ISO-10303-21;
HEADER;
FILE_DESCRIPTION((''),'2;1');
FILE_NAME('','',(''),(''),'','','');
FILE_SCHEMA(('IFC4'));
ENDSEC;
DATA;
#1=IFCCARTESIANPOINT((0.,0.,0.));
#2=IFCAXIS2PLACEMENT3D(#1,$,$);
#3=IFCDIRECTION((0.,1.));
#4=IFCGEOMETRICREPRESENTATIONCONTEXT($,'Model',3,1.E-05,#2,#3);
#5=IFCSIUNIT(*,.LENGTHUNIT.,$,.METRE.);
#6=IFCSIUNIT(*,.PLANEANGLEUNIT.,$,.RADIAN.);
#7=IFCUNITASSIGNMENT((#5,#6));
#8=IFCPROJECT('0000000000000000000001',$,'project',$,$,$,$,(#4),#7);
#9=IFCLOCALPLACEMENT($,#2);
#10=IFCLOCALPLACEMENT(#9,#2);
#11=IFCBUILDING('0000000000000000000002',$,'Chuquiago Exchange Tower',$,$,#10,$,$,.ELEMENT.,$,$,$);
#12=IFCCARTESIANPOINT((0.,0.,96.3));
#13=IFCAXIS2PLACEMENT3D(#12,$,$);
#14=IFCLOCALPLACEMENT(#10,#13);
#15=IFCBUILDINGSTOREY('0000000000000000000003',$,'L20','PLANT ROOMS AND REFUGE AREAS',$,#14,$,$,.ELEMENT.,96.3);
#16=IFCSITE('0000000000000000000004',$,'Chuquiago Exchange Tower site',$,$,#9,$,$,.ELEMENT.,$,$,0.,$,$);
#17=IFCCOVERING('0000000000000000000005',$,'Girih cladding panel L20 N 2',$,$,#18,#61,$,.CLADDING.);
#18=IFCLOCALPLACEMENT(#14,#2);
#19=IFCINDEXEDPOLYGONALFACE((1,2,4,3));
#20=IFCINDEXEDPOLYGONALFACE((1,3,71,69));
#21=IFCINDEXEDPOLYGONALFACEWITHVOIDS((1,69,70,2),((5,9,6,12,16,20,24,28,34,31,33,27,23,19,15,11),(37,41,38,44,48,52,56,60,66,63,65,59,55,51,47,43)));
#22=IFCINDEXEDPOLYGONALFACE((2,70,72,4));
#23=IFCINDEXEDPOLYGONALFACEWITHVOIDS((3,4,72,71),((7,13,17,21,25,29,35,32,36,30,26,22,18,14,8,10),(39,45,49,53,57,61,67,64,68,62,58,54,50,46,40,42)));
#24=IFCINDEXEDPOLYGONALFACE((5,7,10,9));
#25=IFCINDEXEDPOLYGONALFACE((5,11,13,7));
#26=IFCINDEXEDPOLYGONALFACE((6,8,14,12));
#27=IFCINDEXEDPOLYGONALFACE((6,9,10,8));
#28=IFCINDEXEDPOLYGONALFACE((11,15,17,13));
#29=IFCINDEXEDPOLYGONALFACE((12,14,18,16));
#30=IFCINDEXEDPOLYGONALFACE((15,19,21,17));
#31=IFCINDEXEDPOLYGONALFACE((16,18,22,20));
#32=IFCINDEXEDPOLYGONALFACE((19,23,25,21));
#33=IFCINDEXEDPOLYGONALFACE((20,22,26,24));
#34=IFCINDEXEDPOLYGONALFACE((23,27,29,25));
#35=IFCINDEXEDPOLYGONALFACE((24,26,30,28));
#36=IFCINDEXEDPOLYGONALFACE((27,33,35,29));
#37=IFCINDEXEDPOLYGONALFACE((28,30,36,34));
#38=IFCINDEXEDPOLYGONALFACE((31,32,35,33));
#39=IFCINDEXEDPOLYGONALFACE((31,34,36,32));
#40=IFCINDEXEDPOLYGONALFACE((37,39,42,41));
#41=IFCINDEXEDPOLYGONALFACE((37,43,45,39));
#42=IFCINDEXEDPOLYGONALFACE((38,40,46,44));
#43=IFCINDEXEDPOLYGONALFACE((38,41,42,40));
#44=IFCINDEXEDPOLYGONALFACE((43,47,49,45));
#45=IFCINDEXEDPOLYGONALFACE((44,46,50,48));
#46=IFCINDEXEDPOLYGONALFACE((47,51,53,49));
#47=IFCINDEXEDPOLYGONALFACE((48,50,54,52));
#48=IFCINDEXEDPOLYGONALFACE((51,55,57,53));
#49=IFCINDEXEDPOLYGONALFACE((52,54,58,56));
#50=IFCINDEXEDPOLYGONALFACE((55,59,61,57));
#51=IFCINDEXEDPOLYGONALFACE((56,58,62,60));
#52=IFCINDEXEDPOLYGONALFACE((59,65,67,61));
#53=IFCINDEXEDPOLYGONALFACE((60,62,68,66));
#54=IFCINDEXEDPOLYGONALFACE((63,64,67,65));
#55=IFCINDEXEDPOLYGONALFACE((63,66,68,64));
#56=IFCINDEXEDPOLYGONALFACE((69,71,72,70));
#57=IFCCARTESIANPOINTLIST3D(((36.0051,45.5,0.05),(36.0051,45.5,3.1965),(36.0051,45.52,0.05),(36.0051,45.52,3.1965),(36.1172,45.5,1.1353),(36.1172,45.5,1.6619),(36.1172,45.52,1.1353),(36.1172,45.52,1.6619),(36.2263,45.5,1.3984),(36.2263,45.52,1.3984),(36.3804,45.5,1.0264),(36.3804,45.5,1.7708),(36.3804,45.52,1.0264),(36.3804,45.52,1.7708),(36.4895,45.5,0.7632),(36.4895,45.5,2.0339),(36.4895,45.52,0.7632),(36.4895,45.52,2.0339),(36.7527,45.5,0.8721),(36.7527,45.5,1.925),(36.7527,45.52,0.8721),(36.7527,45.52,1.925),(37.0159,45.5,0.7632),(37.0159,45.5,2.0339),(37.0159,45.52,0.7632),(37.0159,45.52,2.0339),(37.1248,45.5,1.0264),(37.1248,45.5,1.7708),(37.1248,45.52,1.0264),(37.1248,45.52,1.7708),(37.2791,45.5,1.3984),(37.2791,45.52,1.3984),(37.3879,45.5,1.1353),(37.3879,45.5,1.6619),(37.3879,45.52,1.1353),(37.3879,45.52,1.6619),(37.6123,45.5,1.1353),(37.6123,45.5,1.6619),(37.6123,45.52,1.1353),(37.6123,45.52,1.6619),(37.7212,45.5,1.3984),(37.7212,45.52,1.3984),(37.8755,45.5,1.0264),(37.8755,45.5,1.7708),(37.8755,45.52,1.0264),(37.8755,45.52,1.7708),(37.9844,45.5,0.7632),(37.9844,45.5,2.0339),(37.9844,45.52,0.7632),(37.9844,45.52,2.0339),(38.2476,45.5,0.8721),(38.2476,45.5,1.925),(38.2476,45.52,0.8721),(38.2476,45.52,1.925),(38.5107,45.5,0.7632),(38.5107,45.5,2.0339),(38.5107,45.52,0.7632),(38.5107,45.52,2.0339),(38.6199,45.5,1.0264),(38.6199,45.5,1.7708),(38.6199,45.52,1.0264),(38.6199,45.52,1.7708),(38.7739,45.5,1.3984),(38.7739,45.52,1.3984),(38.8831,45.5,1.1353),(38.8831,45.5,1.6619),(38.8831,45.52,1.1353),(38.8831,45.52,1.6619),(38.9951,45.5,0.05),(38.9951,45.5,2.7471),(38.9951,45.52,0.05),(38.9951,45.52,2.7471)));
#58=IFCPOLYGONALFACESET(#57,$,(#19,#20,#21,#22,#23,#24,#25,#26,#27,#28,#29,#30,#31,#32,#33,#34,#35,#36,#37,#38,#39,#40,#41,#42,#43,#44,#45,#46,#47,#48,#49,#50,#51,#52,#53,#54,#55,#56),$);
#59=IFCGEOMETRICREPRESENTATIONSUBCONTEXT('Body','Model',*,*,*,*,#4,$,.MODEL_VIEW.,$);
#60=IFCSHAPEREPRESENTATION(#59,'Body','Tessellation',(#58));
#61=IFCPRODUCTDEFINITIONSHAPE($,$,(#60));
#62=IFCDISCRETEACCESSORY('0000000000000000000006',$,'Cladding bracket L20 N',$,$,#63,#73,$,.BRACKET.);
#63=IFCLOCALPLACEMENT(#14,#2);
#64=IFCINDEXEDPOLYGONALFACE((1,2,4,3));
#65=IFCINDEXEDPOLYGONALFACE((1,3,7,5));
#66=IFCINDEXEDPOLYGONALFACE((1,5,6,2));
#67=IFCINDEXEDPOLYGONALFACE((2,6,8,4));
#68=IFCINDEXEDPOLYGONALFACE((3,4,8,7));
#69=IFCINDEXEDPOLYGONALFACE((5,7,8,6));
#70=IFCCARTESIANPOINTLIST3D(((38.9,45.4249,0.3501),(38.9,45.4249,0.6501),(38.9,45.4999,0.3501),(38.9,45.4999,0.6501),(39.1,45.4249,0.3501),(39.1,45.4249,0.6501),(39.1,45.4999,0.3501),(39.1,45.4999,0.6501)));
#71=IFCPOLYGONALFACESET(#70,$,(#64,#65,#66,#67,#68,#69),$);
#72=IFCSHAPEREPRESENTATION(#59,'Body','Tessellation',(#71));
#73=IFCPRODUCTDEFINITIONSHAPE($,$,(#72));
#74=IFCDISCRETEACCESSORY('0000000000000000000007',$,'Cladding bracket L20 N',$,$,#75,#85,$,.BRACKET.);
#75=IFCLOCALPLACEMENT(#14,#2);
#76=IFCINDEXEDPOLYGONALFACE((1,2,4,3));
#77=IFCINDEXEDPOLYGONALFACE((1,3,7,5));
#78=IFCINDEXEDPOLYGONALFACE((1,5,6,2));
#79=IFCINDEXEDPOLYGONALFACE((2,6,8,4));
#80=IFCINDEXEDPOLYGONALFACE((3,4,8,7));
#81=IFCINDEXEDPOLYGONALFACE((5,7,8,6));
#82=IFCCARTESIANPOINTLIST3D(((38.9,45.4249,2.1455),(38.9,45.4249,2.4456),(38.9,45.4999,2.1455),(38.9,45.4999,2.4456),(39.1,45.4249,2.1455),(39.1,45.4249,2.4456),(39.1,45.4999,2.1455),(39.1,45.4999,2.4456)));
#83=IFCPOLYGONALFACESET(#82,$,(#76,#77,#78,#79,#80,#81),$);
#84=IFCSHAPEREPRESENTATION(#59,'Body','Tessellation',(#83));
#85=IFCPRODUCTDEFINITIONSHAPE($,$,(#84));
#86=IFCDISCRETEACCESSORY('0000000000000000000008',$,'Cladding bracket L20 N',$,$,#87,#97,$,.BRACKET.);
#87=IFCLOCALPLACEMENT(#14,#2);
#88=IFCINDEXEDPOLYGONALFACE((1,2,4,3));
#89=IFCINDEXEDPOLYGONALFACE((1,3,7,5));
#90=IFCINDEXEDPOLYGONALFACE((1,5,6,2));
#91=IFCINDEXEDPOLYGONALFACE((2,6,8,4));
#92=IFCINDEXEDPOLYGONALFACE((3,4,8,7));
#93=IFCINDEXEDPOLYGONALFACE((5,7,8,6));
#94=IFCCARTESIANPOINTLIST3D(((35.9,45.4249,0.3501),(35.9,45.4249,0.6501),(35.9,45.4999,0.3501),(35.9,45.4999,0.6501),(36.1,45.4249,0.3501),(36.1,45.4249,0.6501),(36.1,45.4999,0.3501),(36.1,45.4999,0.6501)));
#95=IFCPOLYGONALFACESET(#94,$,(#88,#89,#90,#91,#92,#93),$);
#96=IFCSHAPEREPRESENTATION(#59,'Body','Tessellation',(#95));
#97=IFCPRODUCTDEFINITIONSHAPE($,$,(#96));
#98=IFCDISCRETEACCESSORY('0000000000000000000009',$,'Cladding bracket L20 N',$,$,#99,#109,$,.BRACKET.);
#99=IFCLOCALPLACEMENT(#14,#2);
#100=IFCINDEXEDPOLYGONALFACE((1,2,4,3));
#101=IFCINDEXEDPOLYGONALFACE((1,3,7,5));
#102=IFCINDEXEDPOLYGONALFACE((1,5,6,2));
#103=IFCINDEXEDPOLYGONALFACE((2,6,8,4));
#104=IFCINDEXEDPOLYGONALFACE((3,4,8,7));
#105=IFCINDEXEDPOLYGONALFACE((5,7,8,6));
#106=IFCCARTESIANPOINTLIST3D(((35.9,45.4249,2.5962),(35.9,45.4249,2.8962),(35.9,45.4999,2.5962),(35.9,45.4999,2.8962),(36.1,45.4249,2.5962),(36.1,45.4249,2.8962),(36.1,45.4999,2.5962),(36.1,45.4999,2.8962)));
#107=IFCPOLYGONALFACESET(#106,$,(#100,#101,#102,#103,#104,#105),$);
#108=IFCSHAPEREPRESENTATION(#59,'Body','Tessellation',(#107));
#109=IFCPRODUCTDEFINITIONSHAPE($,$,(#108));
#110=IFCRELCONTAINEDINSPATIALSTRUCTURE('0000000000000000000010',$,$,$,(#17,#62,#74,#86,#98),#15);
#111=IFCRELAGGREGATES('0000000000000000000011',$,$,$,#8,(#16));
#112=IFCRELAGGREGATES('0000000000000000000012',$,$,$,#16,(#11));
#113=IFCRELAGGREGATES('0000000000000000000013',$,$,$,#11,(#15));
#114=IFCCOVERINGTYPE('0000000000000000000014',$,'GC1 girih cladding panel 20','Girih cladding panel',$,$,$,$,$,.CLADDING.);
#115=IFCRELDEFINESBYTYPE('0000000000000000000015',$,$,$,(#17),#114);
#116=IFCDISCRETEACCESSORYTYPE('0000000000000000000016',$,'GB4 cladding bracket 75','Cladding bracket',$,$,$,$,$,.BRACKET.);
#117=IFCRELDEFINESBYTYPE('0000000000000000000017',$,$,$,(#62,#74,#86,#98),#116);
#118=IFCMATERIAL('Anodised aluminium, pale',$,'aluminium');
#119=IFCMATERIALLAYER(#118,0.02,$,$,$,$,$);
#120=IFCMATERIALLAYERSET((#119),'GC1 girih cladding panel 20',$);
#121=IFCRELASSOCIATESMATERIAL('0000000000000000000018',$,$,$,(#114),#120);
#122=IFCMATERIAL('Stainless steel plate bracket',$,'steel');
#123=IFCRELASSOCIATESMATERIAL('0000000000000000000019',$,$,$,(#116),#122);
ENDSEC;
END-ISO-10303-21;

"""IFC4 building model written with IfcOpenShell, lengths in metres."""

from ifc_helpers import new_model, si_unit, direction, frame, origin, origin_2d, place, context, subcontext, project, spatial, polyline, rectangle, outline, extrude, material, layer, layer_set, type_object, element, save


model = new_model("IFC4")

# Units and contexts
model_context = context("Model", 3, precision=1e-05, world=origin(), true_north=direction((0.0, 1.0)))
body_context = subcontext(model_context, "Body", "Model", "MODEL_VIEW")
ifc_project = project(units=[si_unit("LENGTHUNIT", "METRE"), si_unit("PLANEANGLEUNIT", "RADIAN")], contexts=[model_context])

# Site, building, storey
site_placement = place(None, origin())
site = spatial("IfcSite", under=ifc_project, at=site_placement, Name="Chuquiago Exchange Tower site", CompositionType="ELEMENT", RefElevation=0.0)
building_placement = place(site_placement, origin())
building = spatial("IfcBuilding", under=site, at=building_placement, Name="Chuquiago Exchange Tower", CompositionType="ELEMENT")
storey_placement = place(building_placement, frame((0.0, 0.0, 96.3)))
storey = spatial("IfcBuildingStorey", under=building, at=storey_placement, Name="L20", Description="PLANT ROOMS AND REFUGE AREAS", CompositionType="ELEMENT", Elevation=96.3)

# Covering
ifc_material_1 = material(Name="Anodised aluminium, pale", Category="aluminium")
ifc_layer_1 = layer(ifc_material_1, 0.02)
ifc_layer_set_1 = layer_set([ifc_layer_1], Name="GC1 girih cladding panel 20")
covering_type_1 = type_object("IfcCoveringType", Name="GC1 girih cladding panel 20", Description="Girih cladding panel", PredefinedType="CLADDING", material=ifc_layer_set_1)
covering_1_placement = place(storey_placement, frame((38.9951, 45.5, 0.05), z_axis=(0.0, 0.0, 1.0), x_axis=(-1.0, 0.0, 0.0)))
element("IfcCovering", 1, at=covering_1_placement, inside=storey, type_object=covering_type_1, Name="Girih cladding panel L20 N 2", PredefinedType="CLADDING", context=body_context, shape_type="SweptSolid", body=[
    extrude(outline(polyline([(0.0, 0.0), (2.99, 0.0), (2.99, 3.1465), (0.0, 2.697), (0.0, 0.0)]), holes=[polyline([(1.2739, 1.3484), (1.3828, 1.6118), (1.1196, 1.7207), (1.0107, 1.9839), (0.7476, 1.875), (0.4844, 1.9839), (0.3752, 1.7207), (0.1121, 1.6118), (0.2212, 1.3484), (0.1121, 1.0852), (0.3752, 0.9763), (0.4844, 0.7131), (0.7476, 0.822), (1.0107, 0.7131), (1.1196, 0.9763), (1.3828, 1.0852), (1.2739, 1.3484)]), polyline([(2.7688, 1.3484), (2.8779, 1.6118), (2.6147, 1.7207), (2.5056, 1.9839), (2.2424, 1.875), (1.9792, 1.9839), (1.8704, 1.7207), (1.6072, 1.6118), (1.7161, 1.3484), (1.6072, 1.0852), (1.8704, 0.9763), (1.9792, 0.7131), (2.2424, 0.822), (2.5056, 0.7131), (2.6147, 0.9763), (2.8779, 1.0852), (2.7688, 1.3484)])]), frame((0.0, 0.0, 0.0), z_axis=(0.0, -1.0, 0.0), x_axis=(1.0, 0.0, 0.0)), (0.0, 0.0, 1.0), 0.02),
])

# Discrete accessories
ifc_material_2 = material(Name="Stainless steel plate bracket", Category="steel")
discrete_accessory_type = type_object("IfcDiscreteAccessoryType", Name="GB4 cladding bracket 75", Description="Cladding bracket", PredefinedType="BRACKET", material=ifc_material_2)
for number, where, z_axis, x_axis, name in (
    (2, (39.0, 45.4624, 0.3501), (0.0, 0.0, 1.0), (-1.0, 0.0, 0.0), "Cladding bracket L20 N"),
    (3, (39.0, 45.4624, 2.1455), (0.0, 0.0, 1.0), (-1.0, 0.0, 0.0), "Cladding bracket L20 N"),
    (4, (36.0, 45.4624, 0.3501), (0.0, 0.0, 1.0), (-1.0, 0.0, 0.0), "Cladding bracket L20 N"),
    (5, (36.0, 45.4624, 2.5962), (0.0, 0.0, 1.0), (-1.0, 0.0, 0.0), "Cladding bracket L20 N"),
):
    element("IfcDiscreteAccessory", number, at=place(storey_placement, frame(where, z_axis=z_axis, x_axis=x_axis)), inside=storey, type_object=discrete_accessory_type, Name=name, PredefinedType="BRACKET", context=body_context, shape_type="SweptSolid", body=[
        extrude(rectangle(XDim=0.2, YDim=0.075, at=origin_2d()), origin(), (0.0, 0.0, 1.0), 0.3),
    ])

save(model, "model.ifc")
